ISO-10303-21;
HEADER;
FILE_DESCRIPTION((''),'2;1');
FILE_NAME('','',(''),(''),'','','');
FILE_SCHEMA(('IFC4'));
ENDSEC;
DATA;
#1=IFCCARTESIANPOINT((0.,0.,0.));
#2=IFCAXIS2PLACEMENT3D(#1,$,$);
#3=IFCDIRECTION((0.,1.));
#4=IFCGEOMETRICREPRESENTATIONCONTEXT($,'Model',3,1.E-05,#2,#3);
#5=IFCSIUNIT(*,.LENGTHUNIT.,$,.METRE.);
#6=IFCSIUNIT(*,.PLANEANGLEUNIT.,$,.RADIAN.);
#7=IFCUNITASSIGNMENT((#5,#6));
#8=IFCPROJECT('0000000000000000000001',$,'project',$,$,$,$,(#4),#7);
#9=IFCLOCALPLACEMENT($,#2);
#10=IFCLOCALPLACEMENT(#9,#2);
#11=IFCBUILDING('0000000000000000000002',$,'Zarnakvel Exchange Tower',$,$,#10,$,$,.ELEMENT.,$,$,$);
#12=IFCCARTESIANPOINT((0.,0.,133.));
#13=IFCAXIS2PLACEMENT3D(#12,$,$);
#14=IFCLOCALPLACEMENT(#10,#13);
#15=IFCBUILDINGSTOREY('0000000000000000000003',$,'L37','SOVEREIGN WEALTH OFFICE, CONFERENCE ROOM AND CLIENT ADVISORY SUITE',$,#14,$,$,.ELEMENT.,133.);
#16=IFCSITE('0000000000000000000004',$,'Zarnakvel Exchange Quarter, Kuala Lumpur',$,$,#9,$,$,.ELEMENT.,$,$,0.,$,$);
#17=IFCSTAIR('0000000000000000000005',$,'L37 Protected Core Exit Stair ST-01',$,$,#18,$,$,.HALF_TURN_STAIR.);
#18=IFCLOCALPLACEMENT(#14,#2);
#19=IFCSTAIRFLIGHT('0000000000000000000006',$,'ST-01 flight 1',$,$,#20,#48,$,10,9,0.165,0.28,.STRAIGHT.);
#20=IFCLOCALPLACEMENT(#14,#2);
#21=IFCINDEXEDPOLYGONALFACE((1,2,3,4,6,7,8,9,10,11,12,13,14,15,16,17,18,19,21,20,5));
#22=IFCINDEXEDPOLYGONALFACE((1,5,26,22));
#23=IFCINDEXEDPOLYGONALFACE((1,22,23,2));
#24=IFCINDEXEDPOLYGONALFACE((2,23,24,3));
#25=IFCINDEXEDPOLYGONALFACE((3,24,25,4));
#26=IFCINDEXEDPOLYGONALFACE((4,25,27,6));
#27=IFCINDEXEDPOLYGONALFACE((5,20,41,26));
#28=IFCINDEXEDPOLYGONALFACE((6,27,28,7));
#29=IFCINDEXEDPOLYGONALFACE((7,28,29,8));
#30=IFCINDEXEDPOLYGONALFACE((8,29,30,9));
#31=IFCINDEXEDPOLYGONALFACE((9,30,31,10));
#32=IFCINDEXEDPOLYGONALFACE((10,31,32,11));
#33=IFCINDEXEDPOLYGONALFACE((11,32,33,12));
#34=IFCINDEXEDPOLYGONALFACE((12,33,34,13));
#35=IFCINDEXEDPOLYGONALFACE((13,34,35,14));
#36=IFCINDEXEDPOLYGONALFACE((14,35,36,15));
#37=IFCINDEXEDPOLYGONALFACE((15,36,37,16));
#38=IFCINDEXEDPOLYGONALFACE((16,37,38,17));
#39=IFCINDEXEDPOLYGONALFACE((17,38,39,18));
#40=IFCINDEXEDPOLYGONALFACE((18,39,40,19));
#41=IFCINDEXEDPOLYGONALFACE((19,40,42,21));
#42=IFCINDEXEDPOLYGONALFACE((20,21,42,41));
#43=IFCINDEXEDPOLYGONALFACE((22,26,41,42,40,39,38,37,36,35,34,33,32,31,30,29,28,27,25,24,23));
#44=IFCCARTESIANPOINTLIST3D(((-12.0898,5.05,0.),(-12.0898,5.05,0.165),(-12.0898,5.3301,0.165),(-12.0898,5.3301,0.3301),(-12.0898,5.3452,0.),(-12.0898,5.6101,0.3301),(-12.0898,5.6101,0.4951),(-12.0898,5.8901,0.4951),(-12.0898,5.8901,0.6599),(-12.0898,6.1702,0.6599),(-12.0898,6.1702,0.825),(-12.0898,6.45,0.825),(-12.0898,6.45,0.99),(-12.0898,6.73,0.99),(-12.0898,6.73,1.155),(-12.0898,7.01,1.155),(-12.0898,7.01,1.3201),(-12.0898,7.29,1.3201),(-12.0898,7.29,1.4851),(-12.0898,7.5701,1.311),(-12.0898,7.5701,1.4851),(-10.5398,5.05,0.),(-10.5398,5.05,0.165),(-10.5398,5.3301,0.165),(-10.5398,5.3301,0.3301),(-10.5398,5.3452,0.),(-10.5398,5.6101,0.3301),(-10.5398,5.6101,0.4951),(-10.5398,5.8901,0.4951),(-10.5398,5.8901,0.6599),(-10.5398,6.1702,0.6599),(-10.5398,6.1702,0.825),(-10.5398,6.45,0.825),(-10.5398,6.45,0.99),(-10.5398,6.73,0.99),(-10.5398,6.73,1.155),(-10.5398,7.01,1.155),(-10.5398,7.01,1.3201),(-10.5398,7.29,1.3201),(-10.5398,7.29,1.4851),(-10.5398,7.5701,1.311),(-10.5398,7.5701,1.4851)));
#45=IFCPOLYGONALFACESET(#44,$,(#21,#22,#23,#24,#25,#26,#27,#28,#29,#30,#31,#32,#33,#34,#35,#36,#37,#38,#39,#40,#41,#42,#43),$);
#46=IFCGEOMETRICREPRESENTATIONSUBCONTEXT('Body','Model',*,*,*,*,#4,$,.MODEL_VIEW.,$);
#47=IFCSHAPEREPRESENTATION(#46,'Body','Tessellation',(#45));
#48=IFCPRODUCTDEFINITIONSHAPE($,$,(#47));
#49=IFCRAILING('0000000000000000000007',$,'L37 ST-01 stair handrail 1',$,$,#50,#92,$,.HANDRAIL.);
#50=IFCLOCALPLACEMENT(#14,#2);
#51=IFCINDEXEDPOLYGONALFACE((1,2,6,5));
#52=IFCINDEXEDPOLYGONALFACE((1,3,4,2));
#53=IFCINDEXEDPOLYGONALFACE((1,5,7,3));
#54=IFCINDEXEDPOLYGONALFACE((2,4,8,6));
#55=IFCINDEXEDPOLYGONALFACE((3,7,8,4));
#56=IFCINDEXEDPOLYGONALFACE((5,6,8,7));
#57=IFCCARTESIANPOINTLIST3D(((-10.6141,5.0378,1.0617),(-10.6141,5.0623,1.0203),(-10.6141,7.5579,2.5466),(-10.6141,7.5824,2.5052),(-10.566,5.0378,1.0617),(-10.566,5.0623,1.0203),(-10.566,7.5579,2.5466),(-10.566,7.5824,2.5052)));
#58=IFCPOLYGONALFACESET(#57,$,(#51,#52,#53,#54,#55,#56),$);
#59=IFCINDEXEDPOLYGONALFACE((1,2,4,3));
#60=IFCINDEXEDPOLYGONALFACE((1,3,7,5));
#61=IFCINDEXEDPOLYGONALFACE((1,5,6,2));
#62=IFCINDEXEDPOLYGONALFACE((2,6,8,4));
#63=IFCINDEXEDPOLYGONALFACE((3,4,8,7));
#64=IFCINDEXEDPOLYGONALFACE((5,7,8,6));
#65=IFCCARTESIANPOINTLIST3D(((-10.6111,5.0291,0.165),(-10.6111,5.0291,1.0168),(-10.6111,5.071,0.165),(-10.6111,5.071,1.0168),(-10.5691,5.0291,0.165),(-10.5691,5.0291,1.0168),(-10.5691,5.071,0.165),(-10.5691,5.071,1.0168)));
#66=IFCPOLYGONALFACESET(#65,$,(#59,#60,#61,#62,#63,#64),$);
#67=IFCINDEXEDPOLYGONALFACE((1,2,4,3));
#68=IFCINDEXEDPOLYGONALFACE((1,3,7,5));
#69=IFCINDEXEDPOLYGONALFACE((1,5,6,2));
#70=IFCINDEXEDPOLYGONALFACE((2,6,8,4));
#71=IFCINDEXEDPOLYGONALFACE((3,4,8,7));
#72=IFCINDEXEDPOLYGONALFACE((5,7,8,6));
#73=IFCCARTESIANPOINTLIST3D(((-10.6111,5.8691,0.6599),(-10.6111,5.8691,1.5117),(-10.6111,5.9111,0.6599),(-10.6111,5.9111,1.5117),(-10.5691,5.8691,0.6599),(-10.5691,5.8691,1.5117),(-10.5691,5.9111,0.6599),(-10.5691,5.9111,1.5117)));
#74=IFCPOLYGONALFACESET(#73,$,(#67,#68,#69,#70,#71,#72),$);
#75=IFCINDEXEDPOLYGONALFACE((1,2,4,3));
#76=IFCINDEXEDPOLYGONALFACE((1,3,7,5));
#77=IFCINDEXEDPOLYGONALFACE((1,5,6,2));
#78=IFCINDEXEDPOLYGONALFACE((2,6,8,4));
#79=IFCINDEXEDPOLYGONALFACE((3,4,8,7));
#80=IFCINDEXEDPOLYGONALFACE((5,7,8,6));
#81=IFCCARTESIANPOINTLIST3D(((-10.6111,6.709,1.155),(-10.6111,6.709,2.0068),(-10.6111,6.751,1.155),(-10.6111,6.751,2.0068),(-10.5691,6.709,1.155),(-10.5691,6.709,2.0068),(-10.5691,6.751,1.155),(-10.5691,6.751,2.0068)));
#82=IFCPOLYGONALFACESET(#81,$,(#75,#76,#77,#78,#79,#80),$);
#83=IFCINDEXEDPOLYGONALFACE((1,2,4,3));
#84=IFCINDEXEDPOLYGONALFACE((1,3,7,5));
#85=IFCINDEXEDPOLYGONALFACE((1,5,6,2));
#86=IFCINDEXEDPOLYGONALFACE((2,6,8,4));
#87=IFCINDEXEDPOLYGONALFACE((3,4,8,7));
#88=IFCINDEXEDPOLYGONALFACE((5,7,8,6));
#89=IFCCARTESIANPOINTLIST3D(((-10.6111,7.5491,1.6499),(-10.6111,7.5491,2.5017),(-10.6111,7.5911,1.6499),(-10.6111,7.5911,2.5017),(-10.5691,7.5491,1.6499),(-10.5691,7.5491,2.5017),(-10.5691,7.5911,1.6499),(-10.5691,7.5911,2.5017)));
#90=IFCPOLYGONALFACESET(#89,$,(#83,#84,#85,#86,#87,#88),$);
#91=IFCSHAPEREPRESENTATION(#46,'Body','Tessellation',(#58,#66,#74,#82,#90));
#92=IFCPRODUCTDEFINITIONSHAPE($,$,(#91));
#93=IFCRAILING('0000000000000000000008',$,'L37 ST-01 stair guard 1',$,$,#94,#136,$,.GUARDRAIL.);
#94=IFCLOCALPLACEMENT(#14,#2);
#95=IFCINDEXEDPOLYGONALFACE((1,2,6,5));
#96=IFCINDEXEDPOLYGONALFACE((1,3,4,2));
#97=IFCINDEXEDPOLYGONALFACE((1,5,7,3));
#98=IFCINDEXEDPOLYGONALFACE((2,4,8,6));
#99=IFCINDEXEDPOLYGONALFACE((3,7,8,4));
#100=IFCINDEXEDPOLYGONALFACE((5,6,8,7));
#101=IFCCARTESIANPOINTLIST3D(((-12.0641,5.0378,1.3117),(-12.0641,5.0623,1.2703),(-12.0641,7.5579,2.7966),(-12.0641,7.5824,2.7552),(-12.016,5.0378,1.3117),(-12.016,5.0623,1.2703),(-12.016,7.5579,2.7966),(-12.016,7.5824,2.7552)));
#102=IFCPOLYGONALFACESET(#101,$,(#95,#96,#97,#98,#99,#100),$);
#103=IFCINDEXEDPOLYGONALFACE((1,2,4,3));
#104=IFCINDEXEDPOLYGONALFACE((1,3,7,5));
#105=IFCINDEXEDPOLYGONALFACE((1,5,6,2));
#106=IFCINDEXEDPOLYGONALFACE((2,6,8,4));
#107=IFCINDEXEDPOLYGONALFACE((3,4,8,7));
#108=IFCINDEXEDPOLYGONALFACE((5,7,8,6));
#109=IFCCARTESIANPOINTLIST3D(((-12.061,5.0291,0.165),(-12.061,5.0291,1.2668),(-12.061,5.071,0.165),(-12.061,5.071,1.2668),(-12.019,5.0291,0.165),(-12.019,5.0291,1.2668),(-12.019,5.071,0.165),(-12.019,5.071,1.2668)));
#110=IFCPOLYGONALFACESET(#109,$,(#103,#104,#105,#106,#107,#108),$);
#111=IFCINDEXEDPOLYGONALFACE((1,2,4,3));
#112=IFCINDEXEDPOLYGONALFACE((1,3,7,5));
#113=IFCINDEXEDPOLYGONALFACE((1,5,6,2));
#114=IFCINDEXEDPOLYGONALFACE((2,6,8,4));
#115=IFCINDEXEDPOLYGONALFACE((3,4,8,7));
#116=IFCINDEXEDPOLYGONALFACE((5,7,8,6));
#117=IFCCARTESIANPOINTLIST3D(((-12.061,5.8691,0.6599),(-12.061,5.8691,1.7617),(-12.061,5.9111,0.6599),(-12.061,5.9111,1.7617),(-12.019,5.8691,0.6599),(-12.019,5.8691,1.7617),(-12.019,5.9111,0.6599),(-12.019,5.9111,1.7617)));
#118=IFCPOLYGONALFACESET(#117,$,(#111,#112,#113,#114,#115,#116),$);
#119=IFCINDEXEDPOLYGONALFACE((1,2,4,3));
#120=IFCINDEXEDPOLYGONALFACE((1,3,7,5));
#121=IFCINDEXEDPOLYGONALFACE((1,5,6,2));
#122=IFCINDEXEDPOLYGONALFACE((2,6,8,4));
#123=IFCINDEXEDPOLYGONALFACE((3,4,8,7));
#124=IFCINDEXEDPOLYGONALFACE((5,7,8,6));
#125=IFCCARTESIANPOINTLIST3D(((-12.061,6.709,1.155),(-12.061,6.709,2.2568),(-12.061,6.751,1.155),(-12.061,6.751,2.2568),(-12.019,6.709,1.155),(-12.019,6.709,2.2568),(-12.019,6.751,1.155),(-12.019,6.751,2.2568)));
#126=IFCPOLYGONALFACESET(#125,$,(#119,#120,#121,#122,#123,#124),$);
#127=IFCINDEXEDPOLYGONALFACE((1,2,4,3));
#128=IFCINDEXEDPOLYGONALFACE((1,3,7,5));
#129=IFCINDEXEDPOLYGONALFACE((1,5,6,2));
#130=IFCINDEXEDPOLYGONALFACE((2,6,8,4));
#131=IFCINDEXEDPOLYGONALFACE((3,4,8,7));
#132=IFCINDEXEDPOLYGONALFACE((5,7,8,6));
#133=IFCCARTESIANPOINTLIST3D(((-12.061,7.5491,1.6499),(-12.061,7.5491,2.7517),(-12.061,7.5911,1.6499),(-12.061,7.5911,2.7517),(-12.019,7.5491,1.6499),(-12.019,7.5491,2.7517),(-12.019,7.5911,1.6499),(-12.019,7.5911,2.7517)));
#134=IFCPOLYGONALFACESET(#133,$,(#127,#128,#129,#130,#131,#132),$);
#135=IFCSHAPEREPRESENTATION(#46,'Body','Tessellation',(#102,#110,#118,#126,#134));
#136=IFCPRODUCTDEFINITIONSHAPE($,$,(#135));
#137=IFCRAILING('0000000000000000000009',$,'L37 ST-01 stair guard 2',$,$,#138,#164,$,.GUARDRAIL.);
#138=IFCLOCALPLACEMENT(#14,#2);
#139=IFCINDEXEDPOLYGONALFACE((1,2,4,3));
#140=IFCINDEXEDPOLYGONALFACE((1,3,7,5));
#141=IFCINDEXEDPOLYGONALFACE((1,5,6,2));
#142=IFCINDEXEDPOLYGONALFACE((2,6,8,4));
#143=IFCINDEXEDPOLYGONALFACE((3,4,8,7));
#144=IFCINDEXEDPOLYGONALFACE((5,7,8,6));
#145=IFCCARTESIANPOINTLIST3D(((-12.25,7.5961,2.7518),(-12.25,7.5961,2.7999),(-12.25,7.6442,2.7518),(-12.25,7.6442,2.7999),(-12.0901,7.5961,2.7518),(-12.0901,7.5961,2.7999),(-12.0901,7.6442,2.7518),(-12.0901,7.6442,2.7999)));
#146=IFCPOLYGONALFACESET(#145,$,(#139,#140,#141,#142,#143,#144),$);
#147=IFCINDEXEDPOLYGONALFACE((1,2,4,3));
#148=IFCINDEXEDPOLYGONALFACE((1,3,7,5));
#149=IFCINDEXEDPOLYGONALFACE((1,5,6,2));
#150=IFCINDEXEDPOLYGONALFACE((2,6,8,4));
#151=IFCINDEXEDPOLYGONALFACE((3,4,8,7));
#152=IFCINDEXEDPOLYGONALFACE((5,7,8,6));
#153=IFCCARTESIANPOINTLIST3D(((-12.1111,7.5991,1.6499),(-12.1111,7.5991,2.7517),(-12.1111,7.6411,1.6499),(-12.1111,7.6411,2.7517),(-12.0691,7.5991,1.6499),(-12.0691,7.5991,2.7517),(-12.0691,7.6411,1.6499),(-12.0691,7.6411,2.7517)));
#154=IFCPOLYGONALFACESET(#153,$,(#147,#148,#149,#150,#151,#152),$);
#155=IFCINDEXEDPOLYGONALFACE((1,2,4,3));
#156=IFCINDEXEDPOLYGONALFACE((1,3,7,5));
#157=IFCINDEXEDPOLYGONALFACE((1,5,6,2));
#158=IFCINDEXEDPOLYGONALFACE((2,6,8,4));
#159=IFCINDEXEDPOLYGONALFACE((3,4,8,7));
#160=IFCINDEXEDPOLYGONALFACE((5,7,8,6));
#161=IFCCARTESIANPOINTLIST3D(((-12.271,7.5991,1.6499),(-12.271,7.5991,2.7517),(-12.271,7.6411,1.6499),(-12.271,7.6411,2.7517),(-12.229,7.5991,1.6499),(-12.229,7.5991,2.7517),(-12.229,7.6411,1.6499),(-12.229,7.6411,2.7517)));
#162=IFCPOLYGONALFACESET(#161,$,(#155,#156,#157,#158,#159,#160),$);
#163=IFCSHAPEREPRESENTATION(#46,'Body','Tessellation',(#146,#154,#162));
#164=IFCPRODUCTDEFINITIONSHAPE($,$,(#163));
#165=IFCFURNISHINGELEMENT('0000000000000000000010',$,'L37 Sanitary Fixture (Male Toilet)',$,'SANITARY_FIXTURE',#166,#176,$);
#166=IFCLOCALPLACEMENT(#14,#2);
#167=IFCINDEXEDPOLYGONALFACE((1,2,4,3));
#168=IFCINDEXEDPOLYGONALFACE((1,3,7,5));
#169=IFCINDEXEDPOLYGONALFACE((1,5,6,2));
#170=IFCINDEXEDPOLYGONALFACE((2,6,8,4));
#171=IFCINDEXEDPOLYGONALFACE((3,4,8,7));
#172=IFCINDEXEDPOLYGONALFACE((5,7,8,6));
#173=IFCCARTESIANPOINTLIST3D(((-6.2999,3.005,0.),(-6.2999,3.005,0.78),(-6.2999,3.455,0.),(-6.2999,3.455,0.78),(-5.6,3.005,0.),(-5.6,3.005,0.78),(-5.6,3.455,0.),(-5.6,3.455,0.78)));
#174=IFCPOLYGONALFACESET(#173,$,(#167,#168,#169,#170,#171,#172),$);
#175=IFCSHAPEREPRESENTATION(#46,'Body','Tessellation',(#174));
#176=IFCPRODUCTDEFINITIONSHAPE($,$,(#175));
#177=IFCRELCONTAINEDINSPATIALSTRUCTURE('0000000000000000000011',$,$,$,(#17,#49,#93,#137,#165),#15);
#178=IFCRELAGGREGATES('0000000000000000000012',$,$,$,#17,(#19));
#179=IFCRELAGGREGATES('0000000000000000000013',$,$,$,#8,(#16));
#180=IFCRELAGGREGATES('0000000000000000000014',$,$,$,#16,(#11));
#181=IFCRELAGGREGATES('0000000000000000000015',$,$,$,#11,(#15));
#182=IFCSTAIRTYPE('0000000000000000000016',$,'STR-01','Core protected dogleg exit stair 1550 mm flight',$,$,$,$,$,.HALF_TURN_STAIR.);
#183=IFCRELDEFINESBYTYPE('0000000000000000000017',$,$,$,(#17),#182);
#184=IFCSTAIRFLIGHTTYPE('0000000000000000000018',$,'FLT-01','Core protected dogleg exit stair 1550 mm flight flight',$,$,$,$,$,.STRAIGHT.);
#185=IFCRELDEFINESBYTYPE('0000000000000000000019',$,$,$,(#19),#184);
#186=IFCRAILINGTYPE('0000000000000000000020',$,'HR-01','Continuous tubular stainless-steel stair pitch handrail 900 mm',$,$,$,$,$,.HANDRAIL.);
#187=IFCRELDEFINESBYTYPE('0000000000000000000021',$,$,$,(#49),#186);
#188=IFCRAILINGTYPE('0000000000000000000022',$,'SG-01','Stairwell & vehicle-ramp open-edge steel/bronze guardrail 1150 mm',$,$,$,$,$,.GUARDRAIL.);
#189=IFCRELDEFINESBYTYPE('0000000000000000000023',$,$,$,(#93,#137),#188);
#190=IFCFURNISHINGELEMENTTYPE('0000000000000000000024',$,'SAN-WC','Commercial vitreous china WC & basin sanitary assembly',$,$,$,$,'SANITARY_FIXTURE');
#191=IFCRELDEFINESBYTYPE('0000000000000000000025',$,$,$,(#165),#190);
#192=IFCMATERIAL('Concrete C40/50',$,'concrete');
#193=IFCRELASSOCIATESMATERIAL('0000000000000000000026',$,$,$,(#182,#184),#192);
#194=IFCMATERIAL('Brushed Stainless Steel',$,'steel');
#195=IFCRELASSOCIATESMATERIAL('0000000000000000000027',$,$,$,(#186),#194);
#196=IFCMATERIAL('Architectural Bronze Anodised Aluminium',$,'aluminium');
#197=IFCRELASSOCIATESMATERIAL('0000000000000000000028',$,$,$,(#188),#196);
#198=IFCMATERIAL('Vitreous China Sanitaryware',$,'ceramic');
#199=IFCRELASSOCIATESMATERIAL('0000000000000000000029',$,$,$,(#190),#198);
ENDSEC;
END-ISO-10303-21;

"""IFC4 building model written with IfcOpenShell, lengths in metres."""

from ifc_helpers import new_model, si_unit, direction, frame, origin, origin_2d, place, context, subcontext, project, spatial, polyline, rectangle, outline, extrude, source, transform, mapped, material, type_object, element, aggregate, save


model = new_model("IFC4")

# Units and contexts
model_context = context("Model", 3, precision=1e-05, world=origin(), true_north=direction((0.0, 1.0)))
body_context = subcontext(model_context, "Body", "Model", "MODEL_VIEW")
ifc_project = project(units=[si_unit("LENGTHUNIT", "METRE"), si_unit("PLANEANGLEUNIT", "RADIAN")], contexts=[model_context])

# Site, building, storey
site_placement = place(None, origin())
site = spatial("IfcSite", under=ifc_project, at=site_placement, Name="Zarnakvel Exchange Quarter, Kuala Lumpur", CompositionType="ELEMENT", RefElevation=0.0)
building_placement = place(site_placement, origin())
building = spatial("IfcBuilding", under=site, at=building_placement, Name="Zarnakvel Exchange Tower", CompositionType="ELEMENT")
storey_placement = place(building_placement, frame((0.0, 0.0, 133.0)))
storey = spatial("IfcBuildingStorey", under=building, at=storey_placement, Name="L37", Description="SOVEREIGN WEALTH OFFICE, CONFERENCE ROOM AND CLIENT ADVISORY SUITE", CompositionType="ELEMENT", Elevation=133.0)

# Shared definitions
ifc_material_1 = material(Name="Concrete C40/50", Category="concrete")
ifc_material_2 = material(Name="Brushed Stainless Steel", Category="steel")

# Shared definitions
ifc_material_3 = material(Name="Architectural Bronze Anodised Aluminium", Category="aluminium")

# Stair, stair flight
stair_type = type_object("IfcStairType", Name="STR-01", Description="Core protected dogleg exit stair 1550 mm flight", PredefinedType="HALF_TURN_STAIR", material=ifc_material_1)
stair_placement = place(storey_placement, origin())
stair = element("IfcStair", 1, at=stair_placement, inside=storey, type_object=stair_type, Name="L37 Protected Core Exit Stair ST-01", PredefinedType="HALF_TURN_STAIR")
stair_flight_type = type_object("IfcStairFlightType", Name="FLT-01", Description="Core protected dogleg exit stair 1550 mm flight flight", PredefinedType="STRAIGHT", material=ifc_material_1)
stair_flight_placement = place(storey_placement, frame((-11.3149, 5.05, 0.0), z_axis=(0.0, 0.0, 1.0), x_axis=(0.0, 1.0, 0.0)))
stair_flight = element("IfcStairFlight", 2, at=stair_flight_placement, type_object=stair_flight_type, Name="ST-01 flight 1", NumberOfRisers=10, NumberOfTreads=9, PredefinedType="STRAIGHT", RiserHeight=0.165, TreadLength=0.28, context=body_context, shape_type="SweptSolid", body=[
    extrude(outline(polyline([(0.0, 0.0), (0.0, 0.165), (0.28, 0.165), (0.28, 0.3301), (0.5601, 0.3301), (0.5601, 0.4951), (0.8401, 0.4951), (0.8401, 0.6599), (1.1201, 0.6599), (1.1201, 0.825), (1.3999, 0.825), (1.3999, 0.99), (1.6799, 0.99), (1.6799, 1.155), (1.96, 1.155), (1.96, 1.3201), (2.24, 1.3201), (2.24, 1.4851), (2.52, 1.4851), (2.52, 1.6499), (2.52, 1.311), (0.2952, 0.0), (0.0, 0.0)])), frame((0.0, 0.7749, 0.0), z_axis=(0.0, -1.0, 0.0), x_axis=(1.0, 0.0, 0.0)), (0.0, 0.0, 1.0), 1.55),
])
aggregate(stair, [stair_flight])

# Railings
railing_type_1 = type_object("IfcRailingType", Name="HR-01", Description="Continuous tubular stainless-steel stair pitch handrail 900 mm", PredefinedType="HANDRAIL", material=ifc_material_2)
railing_1_placement = place(storey_placement, frame((-10.5901, 5.05, 0.165)))
element("IfcRailing", 3, at=railing_1_placement, inside=storey, type_object=railing_type_1, Name="L37 ST-01 stair handrail 1", PredefinedType="HANDRAIL", context=body_context, shape_type="SweptSolid", body=[
    extrude(rectangle(XDim=0.0481, YDim=0.0481, at=origin_2d()), frame((0.0, 0.0, 0.876), z_axis=(0.0, 0.861561, 0.507655), x_axis=(-1.0, 0.0, 0.0)), (0.0, 0.0, 1.0), 2.925),
    extrude(rectangle(XDim=0.042, YDim=0.042, at=origin_2d()), origin(), (0.0, 0.0, 1.0), 0.8518),
    extrude(rectangle(XDim=0.042, YDim=0.042, at=origin_2d()), frame((0.0, 0.8401, 0.4949)), (0.0, 0.0, 1.0), 0.8518),
    extrude(rectangle(XDim=0.042, YDim=0.042, at=origin_2d()), frame((0.0, 1.6799, 0.99)), (0.0, 0.0, 1.0), 0.8518),
    extrude(rectangle(XDim=0.042, YDim=0.042, at=origin_2d()), frame((0.0, 2.52, 1.4849)), (0.0, 0.0, 1.0), 0.8518),
])
railing_type_2 = type_object("IfcRailingType", Name="SG-01", Description="Stairwell & vehicle-ramp open-edge steel/bronze guardrail 1150 mm", PredefinedType="GUARDRAIL", material=ifc_material_3)
railing_2_placement = place(storey_placement, frame((-12.04, 5.05, 0.165)))
element("IfcRailing", 4, at=railing_2_placement, inside=storey, type_object=railing_type_2, Name="L37 ST-01 stair guard 1", PredefinedType="GUARDRAIL", context=body_context, shape_type="SweptSolid", body=[
    extrude(rectangle(XDim=0.0481, YDim=0.0481, at=origin_2d()), frame((0.0, 0.0, 1.126), z_axis=(0.0, 0.861561, 0.507655), x_axis=(-1.0, 0.0, 0.0)), (0.0, 0.0, 1.0), 2.925),
    extrude(rectangle(XDim=0.042, YDim=0.042, at=origin_2d()), origin(), (0.0, 0.0, 1.0), 1.1018),
    extrude(rectangle(XDim=0.042, YDim=0.042, at=origin_2d()), frame((0.0, 0.8401, 0.4949)), (0.0, 0.0, 1.0), 1.1018),
    extrude(rectangle(XDim=0.042, YDim=0.042, at=origin_2d()), frame((0.0, 1.6799, 0.99)), (0.0, 0.0, 1.0), 1.1018),
    extrude(rectangle(XDim=0.042, YDim=0.042, at=origin_2d()), frame((0.0, 2.52, 1.4849)), (0.0, 0.0, 1.0), 1.1018),
])
railing_3_placement = place(storey_placement, frame((-12.0901, 7.6201, 1.6499)))
element("IfcRailing", 5, at=railing_3_placement, inside=storey, type_object=railing_type_2, Name="L37 ST-01 stair guard 2", PredefinedType="GUARDRAIL", context=body_context, shape_type="SweptSolid", body=[
    extrude(rectangle(XDim=0.0481, YDim=0.0481, at=origin_2d()), frame((0.0, 0.0, 1.126), z_axis=(-1.0, 0.0, 0.0), x_axis=(0.0, -1.0, 0.0)), (0.0, 0.0, 1.0), 0.1599),
    extrude(rectangle(XDim=0.042, YDim=0.042, at=origin_2d()), origin(), (0.0, 0.0, 1.0), 1.1018),
    extrude(rectangle(XDim=0.042, YDim=0.042, at=origin_2d()), frame((-0.1599, 0.0, 0.0)), (0.0, 0.0, 1.0), 1.1018),
])

# Furnishing element
ifc_material_4 = material(Name="Vitreous China Sanitaryware", Category="ceramic")
furnishing_element_type = type_object("IfcFurnishingElementType", Name="SAN-WC", Description="Commercial vitreous china WC & basin sanitary assembly", ElementType="SANITARY_FIXTURE", material=ifc_material_4)
shared_shape_1 = source(origin(), body_context, "Body", "SweptSolid", [
    extrude(rectangle(XDim=0.7, YDim=0.45, at=origin_2d()), origin(), (0.0, 0.0, 1.0), 0.78),
])
furnishing_placement = place(storey_placement, frame((-5.95, 3.23, 0.0), z_axis=(0.0, 0.0, 1.0), x_axis=(1.0, 0.0, 0.0)))
element("IfcFurnishingElement", 6, at=furnishing_placement, inside=storey, type_object=furnishing_element_type, Name="L37 Sanitary Fixture (Male Toilet)", ObjectType="SANITARY_FIXTURE", context=body_context, shape_type="MappedRepresentation", body=[
    mapped(shared_shape_1, transform((0.0, 0.0, 0.0), x_axis=(1.0, 0.0, 0.0), y_axis=(0.0, 1.0, 0.0), z_axis=(0.0, 0.0, 1.0), scale=1.0)),
])

save(model, "model.ifc")
